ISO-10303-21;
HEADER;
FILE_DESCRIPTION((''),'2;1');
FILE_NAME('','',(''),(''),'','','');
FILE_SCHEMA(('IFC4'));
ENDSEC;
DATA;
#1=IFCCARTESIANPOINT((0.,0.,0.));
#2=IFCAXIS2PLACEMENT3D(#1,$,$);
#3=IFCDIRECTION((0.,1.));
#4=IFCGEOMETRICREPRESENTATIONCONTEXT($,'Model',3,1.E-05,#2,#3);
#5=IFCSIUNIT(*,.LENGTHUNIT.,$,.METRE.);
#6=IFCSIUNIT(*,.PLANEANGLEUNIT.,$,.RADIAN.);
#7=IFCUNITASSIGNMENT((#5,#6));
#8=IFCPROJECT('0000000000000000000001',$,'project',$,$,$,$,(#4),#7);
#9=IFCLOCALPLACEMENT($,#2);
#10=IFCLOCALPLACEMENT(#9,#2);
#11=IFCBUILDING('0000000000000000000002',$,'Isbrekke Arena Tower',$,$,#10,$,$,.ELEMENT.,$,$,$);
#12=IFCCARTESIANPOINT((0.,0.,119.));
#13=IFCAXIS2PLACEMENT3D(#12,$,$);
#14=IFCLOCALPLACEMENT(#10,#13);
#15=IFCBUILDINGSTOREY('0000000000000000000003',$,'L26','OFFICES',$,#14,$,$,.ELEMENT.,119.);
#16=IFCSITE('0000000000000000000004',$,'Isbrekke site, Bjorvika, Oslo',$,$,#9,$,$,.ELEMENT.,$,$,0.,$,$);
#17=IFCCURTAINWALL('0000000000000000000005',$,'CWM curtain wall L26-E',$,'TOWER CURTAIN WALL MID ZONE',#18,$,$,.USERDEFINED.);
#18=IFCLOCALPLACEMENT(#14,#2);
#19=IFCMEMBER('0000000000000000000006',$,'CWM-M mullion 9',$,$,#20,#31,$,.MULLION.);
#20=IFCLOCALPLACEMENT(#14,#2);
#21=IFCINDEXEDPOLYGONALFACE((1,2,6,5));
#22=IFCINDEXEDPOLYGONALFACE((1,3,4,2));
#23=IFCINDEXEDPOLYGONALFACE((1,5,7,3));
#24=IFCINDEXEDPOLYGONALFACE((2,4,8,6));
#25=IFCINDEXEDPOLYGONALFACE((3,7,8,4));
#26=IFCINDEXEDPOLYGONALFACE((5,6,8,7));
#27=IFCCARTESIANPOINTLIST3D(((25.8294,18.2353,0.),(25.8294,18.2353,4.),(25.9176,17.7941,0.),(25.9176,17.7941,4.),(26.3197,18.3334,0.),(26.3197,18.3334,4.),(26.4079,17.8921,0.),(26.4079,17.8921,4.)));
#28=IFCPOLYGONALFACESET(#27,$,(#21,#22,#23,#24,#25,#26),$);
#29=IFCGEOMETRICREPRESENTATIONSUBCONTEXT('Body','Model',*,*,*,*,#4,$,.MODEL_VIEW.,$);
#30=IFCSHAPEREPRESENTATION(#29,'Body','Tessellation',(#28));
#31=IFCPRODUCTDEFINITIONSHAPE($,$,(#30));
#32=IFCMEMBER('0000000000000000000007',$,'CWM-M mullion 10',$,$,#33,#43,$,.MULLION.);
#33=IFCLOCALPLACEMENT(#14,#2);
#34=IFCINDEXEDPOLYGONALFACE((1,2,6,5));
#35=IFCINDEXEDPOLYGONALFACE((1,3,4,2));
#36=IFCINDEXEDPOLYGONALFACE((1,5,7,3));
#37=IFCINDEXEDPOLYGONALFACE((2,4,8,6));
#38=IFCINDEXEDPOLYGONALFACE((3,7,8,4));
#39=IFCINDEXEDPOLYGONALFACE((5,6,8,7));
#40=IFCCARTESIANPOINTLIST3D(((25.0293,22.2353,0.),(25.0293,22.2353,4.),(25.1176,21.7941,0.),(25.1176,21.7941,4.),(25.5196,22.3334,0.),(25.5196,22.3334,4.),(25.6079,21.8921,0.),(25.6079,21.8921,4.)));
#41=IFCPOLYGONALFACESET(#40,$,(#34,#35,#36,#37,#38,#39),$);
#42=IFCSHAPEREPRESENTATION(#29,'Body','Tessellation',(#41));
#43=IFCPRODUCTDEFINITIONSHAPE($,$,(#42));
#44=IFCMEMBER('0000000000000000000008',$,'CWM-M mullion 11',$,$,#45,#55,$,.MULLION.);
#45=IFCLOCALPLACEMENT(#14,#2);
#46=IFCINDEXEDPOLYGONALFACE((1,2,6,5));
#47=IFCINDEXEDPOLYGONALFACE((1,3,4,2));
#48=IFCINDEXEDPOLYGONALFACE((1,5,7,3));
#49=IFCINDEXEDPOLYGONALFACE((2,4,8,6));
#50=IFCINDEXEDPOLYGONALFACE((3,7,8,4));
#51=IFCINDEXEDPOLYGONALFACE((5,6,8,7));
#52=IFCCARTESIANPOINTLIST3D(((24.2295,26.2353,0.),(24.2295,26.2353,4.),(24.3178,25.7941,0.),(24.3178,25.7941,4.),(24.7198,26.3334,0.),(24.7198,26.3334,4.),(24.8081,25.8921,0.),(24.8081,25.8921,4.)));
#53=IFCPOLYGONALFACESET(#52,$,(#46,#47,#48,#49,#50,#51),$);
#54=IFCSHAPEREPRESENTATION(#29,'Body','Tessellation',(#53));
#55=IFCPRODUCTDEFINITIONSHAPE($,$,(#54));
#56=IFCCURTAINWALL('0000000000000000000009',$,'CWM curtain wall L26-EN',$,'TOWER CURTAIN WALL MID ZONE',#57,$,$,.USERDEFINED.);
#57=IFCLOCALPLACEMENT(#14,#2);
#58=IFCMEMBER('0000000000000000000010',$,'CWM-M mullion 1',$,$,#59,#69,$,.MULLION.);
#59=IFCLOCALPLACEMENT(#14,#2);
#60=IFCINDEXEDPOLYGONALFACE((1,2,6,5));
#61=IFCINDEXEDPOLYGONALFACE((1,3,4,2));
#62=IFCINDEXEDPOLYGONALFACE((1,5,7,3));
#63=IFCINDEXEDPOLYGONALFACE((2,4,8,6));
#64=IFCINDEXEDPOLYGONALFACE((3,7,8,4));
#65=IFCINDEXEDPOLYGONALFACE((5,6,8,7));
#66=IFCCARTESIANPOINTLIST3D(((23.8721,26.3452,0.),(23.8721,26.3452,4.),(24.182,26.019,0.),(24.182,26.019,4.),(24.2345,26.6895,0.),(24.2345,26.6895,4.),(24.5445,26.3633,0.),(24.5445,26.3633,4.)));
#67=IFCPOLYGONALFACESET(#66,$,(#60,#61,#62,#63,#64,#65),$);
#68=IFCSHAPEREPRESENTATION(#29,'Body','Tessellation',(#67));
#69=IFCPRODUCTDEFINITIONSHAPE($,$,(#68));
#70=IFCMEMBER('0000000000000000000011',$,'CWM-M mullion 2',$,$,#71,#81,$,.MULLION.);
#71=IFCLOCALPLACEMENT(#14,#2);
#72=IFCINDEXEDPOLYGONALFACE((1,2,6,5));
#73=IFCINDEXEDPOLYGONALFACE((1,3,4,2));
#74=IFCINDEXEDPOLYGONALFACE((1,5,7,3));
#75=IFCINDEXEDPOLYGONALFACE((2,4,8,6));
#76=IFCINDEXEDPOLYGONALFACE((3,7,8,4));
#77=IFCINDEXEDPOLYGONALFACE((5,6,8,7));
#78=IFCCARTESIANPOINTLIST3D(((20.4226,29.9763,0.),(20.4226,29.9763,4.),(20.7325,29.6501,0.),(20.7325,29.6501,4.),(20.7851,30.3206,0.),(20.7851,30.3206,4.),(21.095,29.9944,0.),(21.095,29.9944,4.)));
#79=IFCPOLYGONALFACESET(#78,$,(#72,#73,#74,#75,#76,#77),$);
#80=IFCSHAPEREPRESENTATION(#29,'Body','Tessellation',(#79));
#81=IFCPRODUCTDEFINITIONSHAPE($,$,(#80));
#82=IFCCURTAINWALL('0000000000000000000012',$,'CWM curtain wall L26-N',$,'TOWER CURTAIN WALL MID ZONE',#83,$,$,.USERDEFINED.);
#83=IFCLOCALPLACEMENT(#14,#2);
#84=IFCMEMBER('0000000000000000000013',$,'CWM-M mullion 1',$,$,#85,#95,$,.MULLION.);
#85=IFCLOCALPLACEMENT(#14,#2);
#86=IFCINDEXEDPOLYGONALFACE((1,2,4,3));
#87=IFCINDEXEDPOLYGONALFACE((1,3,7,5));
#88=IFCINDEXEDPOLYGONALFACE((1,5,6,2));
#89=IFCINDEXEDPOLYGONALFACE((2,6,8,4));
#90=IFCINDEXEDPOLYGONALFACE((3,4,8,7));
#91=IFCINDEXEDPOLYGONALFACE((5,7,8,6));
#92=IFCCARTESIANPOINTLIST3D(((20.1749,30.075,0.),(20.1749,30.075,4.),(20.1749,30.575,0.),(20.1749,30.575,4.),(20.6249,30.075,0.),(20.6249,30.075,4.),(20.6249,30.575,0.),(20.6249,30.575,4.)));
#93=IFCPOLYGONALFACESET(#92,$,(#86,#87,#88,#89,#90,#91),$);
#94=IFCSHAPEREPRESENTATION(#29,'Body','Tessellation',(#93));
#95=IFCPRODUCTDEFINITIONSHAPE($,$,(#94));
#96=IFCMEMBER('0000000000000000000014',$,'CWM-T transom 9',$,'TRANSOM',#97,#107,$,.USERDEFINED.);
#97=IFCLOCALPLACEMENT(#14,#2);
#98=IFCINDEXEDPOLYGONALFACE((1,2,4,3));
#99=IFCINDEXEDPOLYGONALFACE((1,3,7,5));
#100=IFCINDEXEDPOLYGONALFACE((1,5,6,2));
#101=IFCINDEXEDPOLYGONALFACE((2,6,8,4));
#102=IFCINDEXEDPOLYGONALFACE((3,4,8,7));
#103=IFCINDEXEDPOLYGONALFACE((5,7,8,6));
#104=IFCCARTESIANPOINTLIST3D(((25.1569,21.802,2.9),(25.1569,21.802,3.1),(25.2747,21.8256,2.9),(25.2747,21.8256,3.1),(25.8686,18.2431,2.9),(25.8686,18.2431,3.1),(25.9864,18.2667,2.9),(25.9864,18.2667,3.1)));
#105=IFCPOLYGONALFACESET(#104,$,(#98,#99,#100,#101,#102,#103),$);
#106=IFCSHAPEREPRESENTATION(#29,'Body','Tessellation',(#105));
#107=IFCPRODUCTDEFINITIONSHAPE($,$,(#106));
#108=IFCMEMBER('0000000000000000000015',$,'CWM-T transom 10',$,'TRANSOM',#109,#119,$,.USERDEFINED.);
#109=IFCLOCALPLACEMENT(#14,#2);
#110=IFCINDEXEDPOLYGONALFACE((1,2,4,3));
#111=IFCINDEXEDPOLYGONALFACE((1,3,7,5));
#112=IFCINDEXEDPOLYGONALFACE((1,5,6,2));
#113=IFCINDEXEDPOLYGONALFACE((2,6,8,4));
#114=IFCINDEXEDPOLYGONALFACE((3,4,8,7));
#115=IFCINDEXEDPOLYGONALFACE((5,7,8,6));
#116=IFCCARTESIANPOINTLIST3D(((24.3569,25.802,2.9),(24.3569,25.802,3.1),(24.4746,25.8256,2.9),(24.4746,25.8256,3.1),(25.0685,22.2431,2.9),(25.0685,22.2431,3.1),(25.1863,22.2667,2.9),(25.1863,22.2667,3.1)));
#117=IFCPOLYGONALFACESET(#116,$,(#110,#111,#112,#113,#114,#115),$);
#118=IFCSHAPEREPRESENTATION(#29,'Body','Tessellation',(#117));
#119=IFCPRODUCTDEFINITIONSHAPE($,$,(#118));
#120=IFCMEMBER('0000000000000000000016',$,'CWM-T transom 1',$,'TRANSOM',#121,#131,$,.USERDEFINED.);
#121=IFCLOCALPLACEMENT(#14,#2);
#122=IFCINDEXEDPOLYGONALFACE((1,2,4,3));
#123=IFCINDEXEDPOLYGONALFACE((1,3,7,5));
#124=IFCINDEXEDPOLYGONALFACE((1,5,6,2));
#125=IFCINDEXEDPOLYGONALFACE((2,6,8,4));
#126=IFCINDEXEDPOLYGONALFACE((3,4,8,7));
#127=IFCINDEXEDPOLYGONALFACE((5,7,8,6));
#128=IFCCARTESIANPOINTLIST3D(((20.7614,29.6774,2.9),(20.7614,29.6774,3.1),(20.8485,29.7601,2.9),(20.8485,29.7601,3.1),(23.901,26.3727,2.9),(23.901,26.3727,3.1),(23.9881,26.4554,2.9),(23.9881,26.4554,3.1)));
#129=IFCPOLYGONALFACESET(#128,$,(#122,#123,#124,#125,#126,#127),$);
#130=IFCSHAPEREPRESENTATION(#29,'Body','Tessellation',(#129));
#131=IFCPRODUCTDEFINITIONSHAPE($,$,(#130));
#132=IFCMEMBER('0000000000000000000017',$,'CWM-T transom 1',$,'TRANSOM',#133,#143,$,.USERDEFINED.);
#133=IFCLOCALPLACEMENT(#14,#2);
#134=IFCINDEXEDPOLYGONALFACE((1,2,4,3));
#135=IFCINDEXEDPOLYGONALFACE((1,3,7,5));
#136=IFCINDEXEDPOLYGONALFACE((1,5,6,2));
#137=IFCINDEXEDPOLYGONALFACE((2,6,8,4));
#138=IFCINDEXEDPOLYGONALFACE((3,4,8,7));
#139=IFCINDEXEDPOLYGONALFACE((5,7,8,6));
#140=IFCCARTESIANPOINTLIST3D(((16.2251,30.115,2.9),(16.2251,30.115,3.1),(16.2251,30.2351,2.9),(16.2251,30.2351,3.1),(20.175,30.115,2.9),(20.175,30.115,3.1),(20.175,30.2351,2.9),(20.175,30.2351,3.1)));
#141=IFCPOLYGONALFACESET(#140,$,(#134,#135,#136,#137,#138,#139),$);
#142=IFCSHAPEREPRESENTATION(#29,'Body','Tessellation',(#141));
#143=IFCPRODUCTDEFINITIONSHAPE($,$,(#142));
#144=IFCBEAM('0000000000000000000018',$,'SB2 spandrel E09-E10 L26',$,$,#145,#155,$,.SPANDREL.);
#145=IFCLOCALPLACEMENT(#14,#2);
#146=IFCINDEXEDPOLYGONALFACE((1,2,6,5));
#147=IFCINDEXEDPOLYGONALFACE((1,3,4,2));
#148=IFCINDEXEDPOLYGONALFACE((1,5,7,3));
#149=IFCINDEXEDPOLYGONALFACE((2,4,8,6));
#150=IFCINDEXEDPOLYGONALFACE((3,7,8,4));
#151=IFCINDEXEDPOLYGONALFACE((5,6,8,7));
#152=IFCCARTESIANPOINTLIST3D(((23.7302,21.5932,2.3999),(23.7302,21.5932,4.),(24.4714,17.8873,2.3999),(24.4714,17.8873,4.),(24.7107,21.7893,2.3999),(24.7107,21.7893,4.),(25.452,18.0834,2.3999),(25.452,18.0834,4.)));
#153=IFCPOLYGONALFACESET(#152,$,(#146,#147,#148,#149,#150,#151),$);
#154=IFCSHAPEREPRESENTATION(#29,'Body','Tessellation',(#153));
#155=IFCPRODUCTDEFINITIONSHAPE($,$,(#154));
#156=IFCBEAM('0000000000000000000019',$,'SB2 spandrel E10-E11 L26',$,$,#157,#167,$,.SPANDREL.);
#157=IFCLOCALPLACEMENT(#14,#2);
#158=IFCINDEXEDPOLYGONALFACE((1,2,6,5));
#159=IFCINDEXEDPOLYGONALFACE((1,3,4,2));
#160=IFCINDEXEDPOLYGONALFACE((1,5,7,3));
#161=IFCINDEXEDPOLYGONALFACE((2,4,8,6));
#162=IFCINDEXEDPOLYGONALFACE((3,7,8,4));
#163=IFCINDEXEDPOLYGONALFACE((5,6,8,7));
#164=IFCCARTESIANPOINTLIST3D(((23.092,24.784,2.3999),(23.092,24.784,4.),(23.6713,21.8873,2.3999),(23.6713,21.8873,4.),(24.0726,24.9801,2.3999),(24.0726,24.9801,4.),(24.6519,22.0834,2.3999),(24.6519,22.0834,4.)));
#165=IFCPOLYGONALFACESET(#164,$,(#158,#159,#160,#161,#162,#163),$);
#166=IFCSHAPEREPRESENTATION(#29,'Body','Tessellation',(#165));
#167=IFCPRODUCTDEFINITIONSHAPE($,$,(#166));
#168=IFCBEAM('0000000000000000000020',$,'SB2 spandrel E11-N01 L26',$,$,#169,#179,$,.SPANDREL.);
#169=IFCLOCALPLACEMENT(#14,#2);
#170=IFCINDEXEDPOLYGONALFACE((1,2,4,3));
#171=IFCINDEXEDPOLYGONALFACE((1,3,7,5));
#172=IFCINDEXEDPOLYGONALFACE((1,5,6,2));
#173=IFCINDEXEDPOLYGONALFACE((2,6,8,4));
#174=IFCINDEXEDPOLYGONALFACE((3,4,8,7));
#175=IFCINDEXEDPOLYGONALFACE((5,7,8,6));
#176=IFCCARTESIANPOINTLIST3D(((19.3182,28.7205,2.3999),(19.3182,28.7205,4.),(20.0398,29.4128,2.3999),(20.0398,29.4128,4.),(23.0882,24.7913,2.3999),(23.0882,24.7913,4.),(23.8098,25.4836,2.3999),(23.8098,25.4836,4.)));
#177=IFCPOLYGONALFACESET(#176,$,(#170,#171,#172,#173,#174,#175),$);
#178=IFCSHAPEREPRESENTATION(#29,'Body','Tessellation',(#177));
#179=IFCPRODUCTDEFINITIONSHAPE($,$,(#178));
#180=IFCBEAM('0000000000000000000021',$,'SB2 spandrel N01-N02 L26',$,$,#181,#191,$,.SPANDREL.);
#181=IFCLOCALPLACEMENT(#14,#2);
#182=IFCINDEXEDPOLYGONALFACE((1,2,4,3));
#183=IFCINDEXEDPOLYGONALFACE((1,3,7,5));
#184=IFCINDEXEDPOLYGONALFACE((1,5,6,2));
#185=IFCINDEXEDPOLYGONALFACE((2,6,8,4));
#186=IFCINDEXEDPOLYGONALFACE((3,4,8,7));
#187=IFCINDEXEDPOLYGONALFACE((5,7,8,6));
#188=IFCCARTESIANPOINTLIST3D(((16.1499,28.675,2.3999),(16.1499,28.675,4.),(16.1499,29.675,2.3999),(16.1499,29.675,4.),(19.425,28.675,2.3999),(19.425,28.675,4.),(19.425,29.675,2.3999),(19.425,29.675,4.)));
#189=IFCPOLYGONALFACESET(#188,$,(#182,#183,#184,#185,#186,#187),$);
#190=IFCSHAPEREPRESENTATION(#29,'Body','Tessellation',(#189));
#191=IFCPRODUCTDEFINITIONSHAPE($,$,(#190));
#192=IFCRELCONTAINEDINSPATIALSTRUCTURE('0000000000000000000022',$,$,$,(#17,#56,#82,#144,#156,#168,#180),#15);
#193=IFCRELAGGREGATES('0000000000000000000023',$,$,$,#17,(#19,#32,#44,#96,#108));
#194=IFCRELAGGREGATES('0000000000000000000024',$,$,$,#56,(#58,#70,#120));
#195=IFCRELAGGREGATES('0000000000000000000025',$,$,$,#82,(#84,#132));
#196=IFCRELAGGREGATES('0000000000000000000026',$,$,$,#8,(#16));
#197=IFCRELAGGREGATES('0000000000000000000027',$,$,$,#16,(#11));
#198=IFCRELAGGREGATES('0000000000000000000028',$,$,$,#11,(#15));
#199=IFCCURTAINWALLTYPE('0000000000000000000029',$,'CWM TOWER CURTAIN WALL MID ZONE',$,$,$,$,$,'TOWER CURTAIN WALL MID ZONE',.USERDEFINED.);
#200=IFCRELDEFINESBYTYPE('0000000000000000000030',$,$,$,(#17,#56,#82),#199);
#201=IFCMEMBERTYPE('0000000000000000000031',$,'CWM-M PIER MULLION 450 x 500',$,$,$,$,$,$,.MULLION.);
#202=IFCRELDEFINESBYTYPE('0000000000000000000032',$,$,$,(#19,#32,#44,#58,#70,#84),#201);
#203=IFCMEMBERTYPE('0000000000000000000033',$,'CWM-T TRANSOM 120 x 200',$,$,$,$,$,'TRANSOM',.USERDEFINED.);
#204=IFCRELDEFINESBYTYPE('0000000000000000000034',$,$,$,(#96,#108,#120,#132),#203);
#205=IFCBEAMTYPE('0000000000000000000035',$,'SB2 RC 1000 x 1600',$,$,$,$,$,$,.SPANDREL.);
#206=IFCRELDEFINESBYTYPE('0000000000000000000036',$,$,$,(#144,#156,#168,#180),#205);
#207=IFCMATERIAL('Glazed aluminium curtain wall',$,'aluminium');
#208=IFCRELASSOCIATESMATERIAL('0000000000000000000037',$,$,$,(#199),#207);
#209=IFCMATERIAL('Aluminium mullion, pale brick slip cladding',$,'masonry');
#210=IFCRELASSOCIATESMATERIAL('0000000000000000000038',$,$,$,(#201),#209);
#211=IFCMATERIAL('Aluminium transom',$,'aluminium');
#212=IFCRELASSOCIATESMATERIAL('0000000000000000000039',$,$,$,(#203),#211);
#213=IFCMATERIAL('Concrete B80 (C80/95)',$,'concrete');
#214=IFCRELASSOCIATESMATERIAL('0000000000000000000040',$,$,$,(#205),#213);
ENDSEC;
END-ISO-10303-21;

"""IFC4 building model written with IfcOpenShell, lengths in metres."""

from ifc_helpers import new_model, si_unit, direction, frame, origin, origin_2d, place, context, subcontext, project, spatial, rectangle, extrude, material, material_profile, profile_set, type_object, element, aggregate, save


model = new_model("IFC4")

# Units and contexts
model_context = context("Model", 3, precision=1e-05, world=origin(), true_north=direction((0.0, 1.0)))
body_context = subcontext(model_context, "Body", "Model", "MODEL_VIEW")
ifc_project = project(units=[si_unit("LENGTHUNIT", "METRE"), si_unit("PLANEANGLEUNIT", "RADIAN")], contexts=[model_context])

# Site, building, storey
site_placement = place(None, origin())
site = spatial("IfcSite", under=ifc_project, at=site_placement, Name="Isbrekke site, Bjorvika, Oslo", CompositionType="ELEMENT", RefElevation=0.0)
building_placement = place(site_placement, origin())
building = spatial("IfcBuilding", under=site, at=building_placement, Name="Isbrekke Arena Tower", CompositionType="ELEMENT")
storey_placement = place(building_placement, frame((0.0, 0.0, 119.0)))
storey = spatial("IfcBuildingStorey", under=building, at=storey_placement, Name="L26", Description="OFFICES", CompositionType="ELEMENT", Elevation=119.0)

# Curtain walls, members
ifc_material_1 = material(Name="Glazed aluminium curtain wall", Category="aluminium")
curtain_wall_type = type_object("IfcCurtainWallType", Name="CWM TOWER CURTAIN WALL MID ZONE", ElementType="TOWER CURTAIN WALL MID ZONE", PredefinedType="USERDEFINED", material=ifc_material_1)
curtain_wall_1_placement = place(storey_placement, origin())
curtain_wall_1 = element("IfcCurtainWall", 1, at=curtain_wall_1_placement, inside=storey, type_object=curtain_wall_type, Name="CWM curtain wall L26-E", ObjectType="TOWER CURTAIN WALL MID ZONE", PredefinedType="USERDEFINED")
ifc_material_2 = material(Name="Aluminium mullion, pale brick slip cladding", Category="masonry")
ifc_material_profile_1 = material_profile(ifc_material_2, rectangle(XDim=0.45, YDim=0.5, at=origin_2d()), Name="PIER 450X500")
ifc_profile_set_1 = profile_set([ifc_material_profile_1], Name="Aluminium mullion, pale brick slip cladding")
member_type_1 = type_object("IfcMemberType", Name="CWM-M PIER MULLION 450 x 500", PredefinedType="MULLION", material=ifc_profile_set_1)
member_1_placement = place(storey_placement, frame((26.1187, 18.0637, 0.0), z_axis=(0.0, 0.0, 1.0), x_axis=(-0.196116, 0.980581, 0.0)))
member_1 = element("IfcMember", 2, at=member_1_placement, type_object=member_type_1, Name="CWM-M mullion 9", PredefinedType="MULLION", context=body_context, shape_type="SweptSolid", body=[
    extrude(rectangle(XDim=0.45, YDim=0.5, at=origin_2d()), origin(), (0.0, 0.0, 1.0), 4.0),
])
member_2_placement = place(storey_placement, frame((25.3186, 22.0637, 0.0), z_axis=(0.0, 0.0, 1.0), x_axis=(-0.196116, 0.980581, 0.0)))
member_2 = element("IfcMember", 3, at=member_2_placement, type_object=member_type_1, Name="CWM-M mullion 10", PredefinedType="MULLION", context=body_context, shape_type="SweptSolid", body=[
    extrude(rectangle(XDim=0.45, YDim=0.5, at=origin_2d()), origin(), (0.0, 0.0, 1.0), 4.0),
])
member_3_placement = place(storey_placement, frame((24.5188, 26.0637, 0.0), z_axis=(0.0, 0.0, 1.0), x_axis=(-0.196116, 0.980581, 0.0)))
member_3 = element("IfcMember", 4, at=member_3_placement, type_object=member_type_1, Name="CWM-M mullion 11", PredefinedType="MULLION", context=body_context, shape_type="SweptSolid", body=[
    extrude(rectangle(XDim=0.45, YDim=0.5, at=origin_2d()), origin(), (0.0, 0.0, 1.0), 4.0),
])
curtain_wall_2_placement = place(storey_placement, origin())
curtain_wall_2 = element("IfcCurtainWall", 5, at=curtain_wall_2_placement, inside=storey, type_object=curtain_wall_type, Name="CWM curtain wall L26-EN", ObjectType="TOWER CURTAIN WALL MID ZONE", PredefinedType="USERDEFINED")
member_4_placement = place(storey_placement, frame((24.2083, 26.3542, 0.0), z_axis=(0.0, 0.0, 1.0), x_axis=(-0.688749, 0.724999, 0.0)))
member_4 = element("IfcMember", 6, at=member_4_placement, type_object=member_type_1, Name="CWM-M mullion 1", PredefinedType="MULLION", context=body_context, shape_type="SweptSolid", body=[
    extrude(rectangle(XDim=0.45, YDim=0.5, at=origin_2d()), origin(), (0.0, 0.0, 1.0), 4.0),
])
member_5_placement = place(storey_placement, frame((20.7588, 29.9854, 0.0), z_axis=(0.0, 0.0, 1.0), x_axis=(-0.688749, 0.724999, 0.0)))
member_5 = element("IfcMember", 7, at=member_5_placement, type_object=member_type_1, Name="CWM-M mullion 2", PredefinedType="MULLION", context=body_context, shape_type="SweptSolid", body=[
    extrude(rectangle(XDim=0.45, YDim=0.5, at=origin_2d()), origin(), (0.0, 0.0, 1.0), 4.0),
])

# Curtain wall, member
curtain_wall_3_placement = place(storey_placement, origin())
curtain_wall_3 = element("IfcCurtainWall", 8, at=curtain_wall_3_placement, inside=storey, type_object=curtain_wall_type, Name="CWM curtain wall L26-N", ObjectType="TOWER CURTAIN WALL MID ZONE", PredefinedType="USERDEFINED")
member_6_placement = place(storey_placement, frame((20.3999, 30.325, 0.0), z_axis=(0.0, 0.0, 1.0), x_axis=(-1.0, 0.0, 0.0)))
member_6 = element("IfcMember", 9, at=member_6_placement, type_object=member_type_1, Name="CWM-M mullion 1", PredefinedType="MULLION", context=body_context, shape_type="SweptSolid", body=[
    extrude(rectangle(XDim=0.45, YDim=0.5, at=origin_2d()), origin(), (0.0, 0.0, 1.0), 4.0),
])

# Members
ifc_material_3 = material(Name="Aluminium transom", Category="aluminium")
ifc_material_profile_2 = material_profile(ifc_material_3, rectangle(XDim=0.1201, YDim=0.2, at=origin_2d()), Name="TRANSOM 120X200")
ifc_profile_set_2 = profile_set([ifc_material_profile_2], Name="Aluminium transom")
member_type_2 = type_object("IfcMemberType", Name="CWM-T TRANSOM 120 x 200", ElementType="TRANSOM", PredefinedType="USERDEFINED", material=ifc_profile_set_2)
member_7_placement = place(storey_placement, frame((25.9275, 18.2549, 3.0), z_axis=(-0.19609, 0.980586, 0.0), x_axis=(-0.980586, -0.19609, 0.0)))
member_7 = element("IfcMember", 10, at=member_7_placement, type_object=member_type_2, Name="CWM-T transom 9", ObjectType="TRANSOM", PredefinedType="USERDEFINED", context=body_context, shape_type="SweptSolid", body=[
    extrude(rectangle(XDim=0.1201, YDim=0.2, at=origin_2d()), origin(), (0.0, 0.0, 1.0), 3.6294),
])
member_8_placement = place(storey_placement, frame((25.1274, 22.2549, 3.0), z_axis=(-0.19609, 0.980586, 0.0), x_axis=(-0.980586, -0.19609, 0.0)))
member_8 = element("IfcMember", 11, at=member_8_placement, type_object=member_type_2, Name="CWM-T transom 10", ObjectType="TRANSOM", PredefinedType="USERDEFINED", context=body_context, shape_type="SweptSolid", body=[
    extrude(rectangle(XDim=0.1201, YDim=0.2, at=origin_2d()), origin(), (0.0, 0.0, 1.0), 3.6294),
])
member_9_placement = place(storey_placement, frame((23.9446, 26.4141, 3.0), z_axis=(-0.688772, 0.724978, 0.0), x_axis=(-0.724978, -0.688772, 0.0)))
member_9 = element("IfcMember", 12, at=member_9_placement, type_object=member_type_2, Name="CWM-T transom 1", ObjectType="TRANSOM", PredefinedType="USERDEFINED", context=body_context, shape_type="SweptSolid", body=[
    extrude(rectangle(XDim=0.1201, YDim=0.2, at=origin_2d()), origin(), (0.0, 0.0, 1.0), 4.5583),
])
member_10_placement = place(storey_placement, frame((20.175, 30.175, 3.0), z_axis=(-1.0, 0.0, 0.0), x_axis=(0.0, -1.0, 0.0)))
member_10 = element("IfcMember", 13, at=member_10_placement, type_object=member_type_2, Name="CWM-T transom 1", ObjectType="TRANSOM", PredefinedType="USERDEFINED", context=body_context, shape_type="SweptSolid", body=[
    extrude(rectangle(XDim=0.1201, YDim=0.2, at=origin_2d()), origin(), (0.0, 0.0, 1.0), 3.95),
])

# Beams
ifc_material_4 = material(Name="Concrete B80 (C80/95)", Category="concrete")
ifc_material_profile_3 = material_profile(ifc_material_4, rectangle(XDim=1.0, YDim=1.6001, at=origin_2d()), Name="RC 1000x1600")
ifc_profile_set_3 = profile_set([ifc_material_profile_3], Name="Concrete B80 (C80/95)")
beam_type_1 = type_object("IfcBeamType", Name="SB2 RC 1000 x 1600", PredefinedType="SPANDREL", material=ifc_profile_set_3)
beam_1_placement = place(storey_placement, frame((24.9617, 17.9854, 3.2), z_axis=(-0.196129, 0.980578, 0.0), x_axis=(-0.980578, -0.196129, 0.0)))
element("IfcBeam", 14, at=beam_1_placement, inside=storey, type_object=beam_type_1, Name="SB2 spandrel E09-E10 L26", PredefinedType="SPANDREL", context=body_context, shape_type="SweptSolid", body=[
    extrude(rectangle(XDim=1.0, YDim=1.6001, at=origin_2d()), origin(), (0.0, 0.0, 1.0), 3.7793),
])
beam_2_placement = place(storey_placement, frame((24.1616, 21.9854, 3.2), z_axis=(-0.196116, 0.980581, 0.0), x_axis=(-0.980581, -0.196116, 0.0)))
element("IfcBeam", 15, at=beam_2_placement, inside=storey, type_object=beam_type_1, Name="SB2 spandrel E10-E11 L26", PredefinedType="SPANDREL", context=body_context, shape_type="SweptSolid", body=[
    extrude(rectangle(XDim=1.0, YDim=1.6001, at=origin_2d()), origin(), (0.0, 0.0, 1.0), 2.9541),
])
beam_3_placement = place(storey_placement, frame((23.449, 25.1375, 3.2), z_axis=(-0.69234, 0.721572, 0.0), x_axis=(-0.721572, -0.69234, 0.0)))
element("IfcBeam", 16, at=beam_3_placement, inside=storey, type_object=beam_type_1, Name="SB2 spandrel E11-N01 L26", PredefinedType="SPANDREL", context=body_context, shape_type="SweptSolid", body=[
    extrude(rectangle(XDim=1.0, YDim=1.6001, at=origin_2d()), origin(), (0.0, 0.0, 1.0), 5.4453),
])
beam_4_placement = place(storey_placement, frame((19.425, 29.175, 3.2), z_axis=(-1.0, 0.0, 0.0), x_axis=(0.0, -1.0, 0.0)))
element("IfcBeam", 17, at=beam_4_placement, inside=storey, type_object=beam_type_1, Name="SB2 spandrel N01-N02 L26", PredefinedType="SPANDREL", context=body_context, shape_type="SweptSolid", body=[
    extrude(rectangle(XDim=1.0, YDim=1.6001, at=origin_2d()), origin(), (0.0, 0.0, 1.0), 3.2751),
])

aggregate(curtain_wall_1, [member_1, member_2, member_3, member_7, member_8])
aggregate(curtain_wall_2, [member_4, member_5, member_9])
aggregate(curtain_wall_3, [member_6, member_10])

save(model, "model.ifc")
